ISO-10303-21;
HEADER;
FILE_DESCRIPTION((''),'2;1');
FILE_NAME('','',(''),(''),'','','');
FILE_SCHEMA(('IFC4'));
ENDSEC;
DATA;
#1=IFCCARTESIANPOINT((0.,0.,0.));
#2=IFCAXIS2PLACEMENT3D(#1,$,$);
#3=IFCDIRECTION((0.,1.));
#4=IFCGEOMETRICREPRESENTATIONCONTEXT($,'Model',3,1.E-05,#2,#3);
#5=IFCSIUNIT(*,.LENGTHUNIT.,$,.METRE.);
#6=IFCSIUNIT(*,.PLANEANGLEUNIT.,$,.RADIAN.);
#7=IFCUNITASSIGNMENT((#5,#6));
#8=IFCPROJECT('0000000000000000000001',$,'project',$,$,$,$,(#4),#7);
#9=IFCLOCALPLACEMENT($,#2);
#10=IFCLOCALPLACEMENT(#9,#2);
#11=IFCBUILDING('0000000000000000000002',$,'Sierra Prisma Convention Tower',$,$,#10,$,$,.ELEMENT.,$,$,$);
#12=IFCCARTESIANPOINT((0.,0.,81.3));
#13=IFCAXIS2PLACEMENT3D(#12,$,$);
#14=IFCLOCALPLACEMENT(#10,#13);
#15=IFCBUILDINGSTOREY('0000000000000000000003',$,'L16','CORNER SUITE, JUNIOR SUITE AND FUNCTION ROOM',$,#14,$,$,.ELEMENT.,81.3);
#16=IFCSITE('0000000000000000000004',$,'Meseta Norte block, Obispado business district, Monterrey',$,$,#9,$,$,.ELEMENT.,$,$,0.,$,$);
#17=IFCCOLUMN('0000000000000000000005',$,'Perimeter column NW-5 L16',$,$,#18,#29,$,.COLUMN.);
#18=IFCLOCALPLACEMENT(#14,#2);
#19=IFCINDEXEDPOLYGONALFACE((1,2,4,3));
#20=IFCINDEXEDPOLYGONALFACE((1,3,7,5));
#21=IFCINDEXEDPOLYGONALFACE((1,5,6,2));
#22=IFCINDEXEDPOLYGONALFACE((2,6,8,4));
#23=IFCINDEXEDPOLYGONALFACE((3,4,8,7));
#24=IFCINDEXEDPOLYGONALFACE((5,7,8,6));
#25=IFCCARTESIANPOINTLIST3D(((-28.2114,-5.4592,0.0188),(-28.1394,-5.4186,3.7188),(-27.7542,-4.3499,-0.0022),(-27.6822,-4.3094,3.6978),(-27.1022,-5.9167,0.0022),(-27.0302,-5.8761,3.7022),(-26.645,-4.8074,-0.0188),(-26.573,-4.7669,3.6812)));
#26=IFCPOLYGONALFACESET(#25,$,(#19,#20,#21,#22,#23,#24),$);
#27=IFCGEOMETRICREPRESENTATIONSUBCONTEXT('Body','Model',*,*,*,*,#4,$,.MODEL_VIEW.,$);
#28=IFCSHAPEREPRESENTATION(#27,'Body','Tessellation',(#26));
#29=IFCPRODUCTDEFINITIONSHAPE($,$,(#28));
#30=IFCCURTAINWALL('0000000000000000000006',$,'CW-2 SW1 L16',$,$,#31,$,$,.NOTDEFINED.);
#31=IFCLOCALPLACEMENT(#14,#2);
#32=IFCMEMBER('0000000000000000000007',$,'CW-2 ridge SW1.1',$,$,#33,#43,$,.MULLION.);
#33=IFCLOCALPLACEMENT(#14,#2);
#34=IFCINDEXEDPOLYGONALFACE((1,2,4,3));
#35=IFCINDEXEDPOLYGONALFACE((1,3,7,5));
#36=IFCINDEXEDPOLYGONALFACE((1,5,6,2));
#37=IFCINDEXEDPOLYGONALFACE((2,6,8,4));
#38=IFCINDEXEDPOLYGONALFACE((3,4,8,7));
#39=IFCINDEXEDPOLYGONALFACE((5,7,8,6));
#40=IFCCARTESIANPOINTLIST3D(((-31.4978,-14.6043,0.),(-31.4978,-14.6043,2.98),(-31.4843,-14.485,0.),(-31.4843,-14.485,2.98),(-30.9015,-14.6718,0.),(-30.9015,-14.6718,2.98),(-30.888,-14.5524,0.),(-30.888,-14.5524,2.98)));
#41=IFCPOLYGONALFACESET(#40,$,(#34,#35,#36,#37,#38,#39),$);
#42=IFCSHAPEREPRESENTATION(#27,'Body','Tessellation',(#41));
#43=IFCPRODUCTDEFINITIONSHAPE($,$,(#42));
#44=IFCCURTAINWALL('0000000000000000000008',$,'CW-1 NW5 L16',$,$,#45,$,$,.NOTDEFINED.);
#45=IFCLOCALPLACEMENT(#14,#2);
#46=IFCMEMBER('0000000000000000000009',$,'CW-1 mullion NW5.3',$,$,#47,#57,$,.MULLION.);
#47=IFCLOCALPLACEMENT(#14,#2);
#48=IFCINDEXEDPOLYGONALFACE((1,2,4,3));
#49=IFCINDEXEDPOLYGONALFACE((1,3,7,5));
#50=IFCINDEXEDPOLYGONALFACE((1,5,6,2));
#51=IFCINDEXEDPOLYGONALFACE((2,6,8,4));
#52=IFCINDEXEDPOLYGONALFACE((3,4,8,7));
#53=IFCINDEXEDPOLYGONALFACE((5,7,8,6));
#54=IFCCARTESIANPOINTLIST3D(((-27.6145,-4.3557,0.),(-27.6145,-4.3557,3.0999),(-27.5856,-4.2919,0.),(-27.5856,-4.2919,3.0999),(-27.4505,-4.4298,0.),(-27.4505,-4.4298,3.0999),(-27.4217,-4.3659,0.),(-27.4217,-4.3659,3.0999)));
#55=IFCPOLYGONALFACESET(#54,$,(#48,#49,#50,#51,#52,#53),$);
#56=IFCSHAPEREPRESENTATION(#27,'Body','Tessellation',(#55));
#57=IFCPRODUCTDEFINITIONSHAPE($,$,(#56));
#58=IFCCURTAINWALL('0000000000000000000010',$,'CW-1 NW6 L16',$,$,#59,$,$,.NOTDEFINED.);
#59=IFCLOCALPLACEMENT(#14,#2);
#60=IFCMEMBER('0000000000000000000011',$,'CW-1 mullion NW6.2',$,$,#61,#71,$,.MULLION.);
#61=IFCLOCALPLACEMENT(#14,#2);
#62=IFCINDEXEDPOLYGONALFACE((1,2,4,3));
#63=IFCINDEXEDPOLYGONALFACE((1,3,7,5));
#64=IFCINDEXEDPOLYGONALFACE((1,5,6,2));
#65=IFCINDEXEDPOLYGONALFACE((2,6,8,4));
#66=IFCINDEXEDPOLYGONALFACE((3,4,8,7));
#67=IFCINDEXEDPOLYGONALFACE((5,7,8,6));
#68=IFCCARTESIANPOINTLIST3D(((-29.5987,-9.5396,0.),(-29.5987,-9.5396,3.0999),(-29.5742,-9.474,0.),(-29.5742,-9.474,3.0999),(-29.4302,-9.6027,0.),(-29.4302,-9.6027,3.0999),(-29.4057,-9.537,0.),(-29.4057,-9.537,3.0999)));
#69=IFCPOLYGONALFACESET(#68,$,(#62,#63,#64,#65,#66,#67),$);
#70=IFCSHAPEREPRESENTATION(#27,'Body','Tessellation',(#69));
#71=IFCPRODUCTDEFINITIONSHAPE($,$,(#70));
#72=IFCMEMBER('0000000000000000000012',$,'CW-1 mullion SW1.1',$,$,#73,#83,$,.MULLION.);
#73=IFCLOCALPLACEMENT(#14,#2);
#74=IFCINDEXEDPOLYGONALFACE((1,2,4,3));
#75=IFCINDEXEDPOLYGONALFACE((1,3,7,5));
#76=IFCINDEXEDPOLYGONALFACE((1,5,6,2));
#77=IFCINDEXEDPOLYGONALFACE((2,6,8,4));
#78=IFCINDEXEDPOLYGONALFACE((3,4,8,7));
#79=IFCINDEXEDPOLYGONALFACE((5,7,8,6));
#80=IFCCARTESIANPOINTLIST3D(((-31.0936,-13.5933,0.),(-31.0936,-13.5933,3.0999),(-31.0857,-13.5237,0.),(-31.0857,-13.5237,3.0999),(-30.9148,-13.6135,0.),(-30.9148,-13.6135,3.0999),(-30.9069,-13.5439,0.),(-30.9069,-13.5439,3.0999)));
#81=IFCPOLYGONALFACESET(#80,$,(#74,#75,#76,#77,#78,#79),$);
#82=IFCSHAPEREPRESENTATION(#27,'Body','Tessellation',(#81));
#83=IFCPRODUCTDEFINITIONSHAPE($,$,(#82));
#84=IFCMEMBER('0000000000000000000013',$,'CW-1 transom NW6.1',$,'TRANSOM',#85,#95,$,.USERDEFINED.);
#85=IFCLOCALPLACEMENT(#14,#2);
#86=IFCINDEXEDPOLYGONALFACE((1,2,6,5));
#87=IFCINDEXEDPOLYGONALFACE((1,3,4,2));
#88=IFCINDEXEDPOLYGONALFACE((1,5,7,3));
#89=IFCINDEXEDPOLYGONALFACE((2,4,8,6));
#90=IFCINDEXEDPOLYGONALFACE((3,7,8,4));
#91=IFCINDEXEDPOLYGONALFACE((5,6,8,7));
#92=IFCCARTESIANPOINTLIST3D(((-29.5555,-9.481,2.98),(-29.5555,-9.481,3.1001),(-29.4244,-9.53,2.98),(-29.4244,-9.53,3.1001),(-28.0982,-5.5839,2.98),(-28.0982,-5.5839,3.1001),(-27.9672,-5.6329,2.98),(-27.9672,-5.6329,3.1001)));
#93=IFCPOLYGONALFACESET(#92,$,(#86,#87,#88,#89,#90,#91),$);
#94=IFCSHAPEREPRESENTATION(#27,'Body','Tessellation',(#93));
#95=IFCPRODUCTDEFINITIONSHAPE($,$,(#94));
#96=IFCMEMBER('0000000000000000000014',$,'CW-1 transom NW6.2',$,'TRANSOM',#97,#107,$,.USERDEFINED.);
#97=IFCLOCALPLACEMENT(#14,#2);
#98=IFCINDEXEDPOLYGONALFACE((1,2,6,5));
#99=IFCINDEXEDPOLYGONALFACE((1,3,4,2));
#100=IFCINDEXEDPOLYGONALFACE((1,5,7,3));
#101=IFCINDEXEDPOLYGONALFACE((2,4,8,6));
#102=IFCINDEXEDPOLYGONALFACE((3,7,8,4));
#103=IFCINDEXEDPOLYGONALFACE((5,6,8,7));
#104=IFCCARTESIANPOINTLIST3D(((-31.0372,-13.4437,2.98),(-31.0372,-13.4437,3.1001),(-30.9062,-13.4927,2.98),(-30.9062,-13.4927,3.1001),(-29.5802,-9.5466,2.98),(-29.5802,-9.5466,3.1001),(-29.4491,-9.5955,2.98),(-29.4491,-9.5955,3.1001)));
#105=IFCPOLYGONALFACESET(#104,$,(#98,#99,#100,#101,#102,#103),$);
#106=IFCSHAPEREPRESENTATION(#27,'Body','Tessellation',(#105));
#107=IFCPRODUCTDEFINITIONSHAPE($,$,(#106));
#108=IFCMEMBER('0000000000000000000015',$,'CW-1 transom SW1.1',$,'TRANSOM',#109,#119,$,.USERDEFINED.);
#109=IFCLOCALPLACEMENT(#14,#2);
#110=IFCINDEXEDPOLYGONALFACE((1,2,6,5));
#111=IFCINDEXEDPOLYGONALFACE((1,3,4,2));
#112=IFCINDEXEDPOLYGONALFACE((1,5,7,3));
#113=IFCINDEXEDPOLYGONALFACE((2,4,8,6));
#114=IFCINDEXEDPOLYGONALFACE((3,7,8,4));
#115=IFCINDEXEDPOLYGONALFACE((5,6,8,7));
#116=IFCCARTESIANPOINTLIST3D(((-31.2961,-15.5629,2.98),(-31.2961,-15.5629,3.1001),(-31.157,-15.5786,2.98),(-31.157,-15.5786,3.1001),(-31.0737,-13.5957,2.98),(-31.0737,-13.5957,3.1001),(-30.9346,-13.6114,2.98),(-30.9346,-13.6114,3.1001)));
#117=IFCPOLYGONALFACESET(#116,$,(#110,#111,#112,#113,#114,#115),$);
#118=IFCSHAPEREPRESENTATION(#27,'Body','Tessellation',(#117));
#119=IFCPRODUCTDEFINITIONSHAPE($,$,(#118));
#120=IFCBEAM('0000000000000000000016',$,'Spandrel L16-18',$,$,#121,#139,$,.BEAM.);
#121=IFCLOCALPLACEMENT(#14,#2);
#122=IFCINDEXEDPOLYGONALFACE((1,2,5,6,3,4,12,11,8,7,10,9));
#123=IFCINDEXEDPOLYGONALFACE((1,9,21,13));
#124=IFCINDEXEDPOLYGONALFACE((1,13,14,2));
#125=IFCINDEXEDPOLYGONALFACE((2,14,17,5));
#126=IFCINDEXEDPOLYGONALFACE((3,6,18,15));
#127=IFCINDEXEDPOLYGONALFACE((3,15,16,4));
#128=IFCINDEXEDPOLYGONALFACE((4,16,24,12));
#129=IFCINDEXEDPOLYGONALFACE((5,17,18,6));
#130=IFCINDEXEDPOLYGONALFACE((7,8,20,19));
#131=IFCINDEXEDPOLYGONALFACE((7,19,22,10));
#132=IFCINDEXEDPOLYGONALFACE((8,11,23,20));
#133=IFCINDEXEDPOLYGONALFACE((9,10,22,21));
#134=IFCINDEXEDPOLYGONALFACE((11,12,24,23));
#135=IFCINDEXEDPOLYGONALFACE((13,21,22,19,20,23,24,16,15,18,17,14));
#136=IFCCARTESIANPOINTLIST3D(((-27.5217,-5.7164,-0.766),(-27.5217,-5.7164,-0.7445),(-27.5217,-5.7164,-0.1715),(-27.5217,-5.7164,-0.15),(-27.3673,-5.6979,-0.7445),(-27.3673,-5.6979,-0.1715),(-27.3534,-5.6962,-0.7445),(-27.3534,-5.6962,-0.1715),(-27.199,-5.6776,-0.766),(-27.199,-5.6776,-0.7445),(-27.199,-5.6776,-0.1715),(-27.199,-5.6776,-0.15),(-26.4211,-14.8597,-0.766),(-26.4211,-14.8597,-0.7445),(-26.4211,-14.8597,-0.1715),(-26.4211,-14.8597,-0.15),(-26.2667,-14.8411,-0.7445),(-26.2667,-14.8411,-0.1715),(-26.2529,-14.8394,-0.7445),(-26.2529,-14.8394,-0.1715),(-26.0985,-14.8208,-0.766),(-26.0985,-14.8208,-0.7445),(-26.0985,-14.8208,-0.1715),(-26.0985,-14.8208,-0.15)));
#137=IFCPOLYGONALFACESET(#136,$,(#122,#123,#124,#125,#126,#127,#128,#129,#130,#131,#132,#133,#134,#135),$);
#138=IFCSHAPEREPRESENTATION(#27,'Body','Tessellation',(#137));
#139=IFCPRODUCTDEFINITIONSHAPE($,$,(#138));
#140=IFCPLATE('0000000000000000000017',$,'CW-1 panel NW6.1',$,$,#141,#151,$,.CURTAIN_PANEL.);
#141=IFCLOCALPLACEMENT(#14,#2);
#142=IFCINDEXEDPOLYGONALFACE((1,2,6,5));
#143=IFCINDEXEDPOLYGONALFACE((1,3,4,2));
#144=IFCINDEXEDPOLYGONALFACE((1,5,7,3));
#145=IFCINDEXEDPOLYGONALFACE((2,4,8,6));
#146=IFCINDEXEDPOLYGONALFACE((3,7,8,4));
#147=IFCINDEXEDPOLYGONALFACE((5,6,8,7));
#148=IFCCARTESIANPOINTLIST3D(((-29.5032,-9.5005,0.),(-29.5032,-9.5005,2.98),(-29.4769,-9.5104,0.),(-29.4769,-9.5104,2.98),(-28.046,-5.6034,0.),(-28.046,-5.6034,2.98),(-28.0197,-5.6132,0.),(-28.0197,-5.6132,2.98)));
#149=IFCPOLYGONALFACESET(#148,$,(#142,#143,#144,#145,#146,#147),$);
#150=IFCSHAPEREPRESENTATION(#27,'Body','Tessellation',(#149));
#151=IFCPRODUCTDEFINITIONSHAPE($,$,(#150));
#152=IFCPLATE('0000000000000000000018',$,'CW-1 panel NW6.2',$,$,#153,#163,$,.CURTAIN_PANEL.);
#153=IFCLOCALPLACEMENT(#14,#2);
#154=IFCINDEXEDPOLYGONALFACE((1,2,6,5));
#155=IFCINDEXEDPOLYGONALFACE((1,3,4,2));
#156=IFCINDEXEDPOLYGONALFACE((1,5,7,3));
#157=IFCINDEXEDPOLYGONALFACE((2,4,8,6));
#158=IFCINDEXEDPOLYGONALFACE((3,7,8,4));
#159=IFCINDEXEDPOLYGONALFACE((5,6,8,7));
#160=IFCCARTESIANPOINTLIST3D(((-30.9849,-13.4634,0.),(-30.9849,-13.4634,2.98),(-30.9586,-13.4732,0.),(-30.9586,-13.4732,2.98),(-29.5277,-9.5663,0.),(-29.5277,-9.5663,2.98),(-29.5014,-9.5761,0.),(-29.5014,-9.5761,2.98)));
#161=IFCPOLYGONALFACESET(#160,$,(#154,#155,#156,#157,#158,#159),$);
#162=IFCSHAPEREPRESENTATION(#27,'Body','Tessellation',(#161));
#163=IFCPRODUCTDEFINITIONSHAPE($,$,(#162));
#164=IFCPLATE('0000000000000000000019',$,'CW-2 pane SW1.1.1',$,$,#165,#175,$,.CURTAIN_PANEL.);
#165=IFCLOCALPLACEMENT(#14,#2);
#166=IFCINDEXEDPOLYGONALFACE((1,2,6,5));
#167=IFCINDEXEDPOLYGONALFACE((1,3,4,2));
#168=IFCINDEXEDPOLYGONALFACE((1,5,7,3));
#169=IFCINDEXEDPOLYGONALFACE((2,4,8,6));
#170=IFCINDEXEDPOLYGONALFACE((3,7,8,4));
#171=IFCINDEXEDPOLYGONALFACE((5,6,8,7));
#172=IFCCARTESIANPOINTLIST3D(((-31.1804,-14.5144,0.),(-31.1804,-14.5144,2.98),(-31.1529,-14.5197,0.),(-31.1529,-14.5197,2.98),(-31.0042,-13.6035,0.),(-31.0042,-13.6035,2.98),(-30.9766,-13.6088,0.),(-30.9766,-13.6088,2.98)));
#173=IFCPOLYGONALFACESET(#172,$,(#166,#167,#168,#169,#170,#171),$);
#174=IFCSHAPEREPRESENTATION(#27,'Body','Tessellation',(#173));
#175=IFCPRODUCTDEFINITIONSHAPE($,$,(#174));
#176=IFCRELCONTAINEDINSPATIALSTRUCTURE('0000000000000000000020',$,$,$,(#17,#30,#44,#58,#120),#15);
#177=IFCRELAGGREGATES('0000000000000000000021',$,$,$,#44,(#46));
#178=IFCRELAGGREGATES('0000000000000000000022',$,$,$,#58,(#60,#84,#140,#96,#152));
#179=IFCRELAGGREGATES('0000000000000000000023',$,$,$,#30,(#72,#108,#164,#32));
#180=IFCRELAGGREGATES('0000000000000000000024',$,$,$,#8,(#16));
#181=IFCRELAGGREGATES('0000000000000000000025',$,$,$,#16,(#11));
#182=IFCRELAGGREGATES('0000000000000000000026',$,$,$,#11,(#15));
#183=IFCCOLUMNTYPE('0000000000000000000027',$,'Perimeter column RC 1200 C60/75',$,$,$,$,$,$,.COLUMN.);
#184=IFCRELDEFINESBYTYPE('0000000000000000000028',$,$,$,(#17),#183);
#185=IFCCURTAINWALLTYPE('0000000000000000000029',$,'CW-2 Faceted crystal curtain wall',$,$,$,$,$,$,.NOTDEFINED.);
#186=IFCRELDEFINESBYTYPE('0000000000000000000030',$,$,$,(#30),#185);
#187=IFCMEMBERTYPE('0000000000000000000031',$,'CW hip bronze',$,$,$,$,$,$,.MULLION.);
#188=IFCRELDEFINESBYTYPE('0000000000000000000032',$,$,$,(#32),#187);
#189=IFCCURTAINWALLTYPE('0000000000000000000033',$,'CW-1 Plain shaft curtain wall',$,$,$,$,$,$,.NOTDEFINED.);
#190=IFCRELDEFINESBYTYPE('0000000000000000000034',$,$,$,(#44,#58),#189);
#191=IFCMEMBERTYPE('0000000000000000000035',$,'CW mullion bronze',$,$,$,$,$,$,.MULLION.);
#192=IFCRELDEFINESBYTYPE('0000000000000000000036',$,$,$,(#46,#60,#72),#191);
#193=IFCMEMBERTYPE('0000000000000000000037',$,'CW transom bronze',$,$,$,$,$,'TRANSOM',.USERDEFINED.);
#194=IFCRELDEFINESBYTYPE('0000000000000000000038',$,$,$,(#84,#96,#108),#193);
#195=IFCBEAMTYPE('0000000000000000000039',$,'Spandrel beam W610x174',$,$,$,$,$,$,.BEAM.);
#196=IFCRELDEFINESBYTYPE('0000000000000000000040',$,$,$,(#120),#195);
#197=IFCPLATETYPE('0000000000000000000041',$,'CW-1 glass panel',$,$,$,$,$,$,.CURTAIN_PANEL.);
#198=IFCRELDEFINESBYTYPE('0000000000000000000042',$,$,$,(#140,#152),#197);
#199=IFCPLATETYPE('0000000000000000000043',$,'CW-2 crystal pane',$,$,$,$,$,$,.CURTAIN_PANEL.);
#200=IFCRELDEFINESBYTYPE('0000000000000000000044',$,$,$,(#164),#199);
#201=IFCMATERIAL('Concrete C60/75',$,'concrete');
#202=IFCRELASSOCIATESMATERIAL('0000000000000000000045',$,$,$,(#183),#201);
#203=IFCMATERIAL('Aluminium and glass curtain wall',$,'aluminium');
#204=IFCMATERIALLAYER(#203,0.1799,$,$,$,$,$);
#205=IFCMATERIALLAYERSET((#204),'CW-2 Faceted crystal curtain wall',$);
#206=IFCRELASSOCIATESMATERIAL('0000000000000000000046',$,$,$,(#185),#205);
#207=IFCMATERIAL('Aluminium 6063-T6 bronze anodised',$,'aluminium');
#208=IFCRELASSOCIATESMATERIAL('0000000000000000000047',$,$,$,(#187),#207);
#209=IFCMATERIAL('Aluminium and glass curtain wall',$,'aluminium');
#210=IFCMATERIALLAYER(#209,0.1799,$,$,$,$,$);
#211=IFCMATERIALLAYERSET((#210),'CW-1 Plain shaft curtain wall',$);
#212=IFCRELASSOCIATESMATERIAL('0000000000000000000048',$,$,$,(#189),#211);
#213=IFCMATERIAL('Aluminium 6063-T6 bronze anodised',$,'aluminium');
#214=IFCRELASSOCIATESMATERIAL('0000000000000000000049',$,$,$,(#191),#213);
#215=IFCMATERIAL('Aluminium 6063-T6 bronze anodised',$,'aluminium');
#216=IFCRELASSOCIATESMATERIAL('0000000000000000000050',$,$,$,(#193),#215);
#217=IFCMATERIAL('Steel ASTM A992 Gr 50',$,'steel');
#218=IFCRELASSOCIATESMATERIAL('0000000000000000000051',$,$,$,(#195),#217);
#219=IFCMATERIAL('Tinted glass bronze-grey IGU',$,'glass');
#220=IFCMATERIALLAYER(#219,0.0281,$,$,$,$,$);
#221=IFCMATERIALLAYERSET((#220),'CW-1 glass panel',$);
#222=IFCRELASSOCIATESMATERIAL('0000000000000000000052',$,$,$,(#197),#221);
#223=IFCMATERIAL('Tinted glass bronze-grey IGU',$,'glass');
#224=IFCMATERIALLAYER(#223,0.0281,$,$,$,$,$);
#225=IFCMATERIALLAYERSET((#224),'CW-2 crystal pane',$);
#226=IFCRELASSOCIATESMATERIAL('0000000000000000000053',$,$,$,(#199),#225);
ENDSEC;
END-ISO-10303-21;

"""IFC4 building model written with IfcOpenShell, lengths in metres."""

from ifc_helpers import new_model, si_unit, direction, frame, origin, origin_2d, place, context, subcontext, project, spatial, polyline, rectangle, i_section, outline, extrude, material, layer, layer_set, material_profile, profile_set, type_object, element, aggregate, save


model = new_model("IFC4")

# Units and contexts
model_context = context("Model", 3, precision=1e-05, world=origin(), true_north=direction((0.0, 1.0)))
body_context = subcontext(model_context, "Body", "Model", "MODEL_VIEW")
ifc_project = project(units=[si_unit("LENGTHUNIT", "METRE"), si_unit("PLANEANGLEUNIT", "RADIAN")], contexts=[model_context])

# Site, building, storey
site_placement = place(None, origin())
site = spatial("IfcSite", under=ifc_project, at=site_placement, Name="Meseta Norte block, Obispado business district, Monterrey", CompositionType="ELEMENT", RefElevation=0.0)
building_placement = place(site_placement, origin())
building = spatial("IfcBuilding", under=site, at=building_placement, Name="Sierra Prisma Convention Tower", CompositionType="ELEMENT")
storey_placement = place(building_placement, frame((0.0, 0.0, 81.3)))
storey = spatial("IfcBuildingStorey", under=building, at=storey_placement, Name="L16", Description="CORNER SUITE, JUNIOR SUITE AND FUNCTION ROOM", CompositionType="ELEMENT", Elevation=81.3)

# Column
ifc_material_1 = material(Name="Concrete C60/75", Category="concrete")
ifc_material_profile_1 = material_profile(ifc_material_1, rectangle(XDim=1.2, YDim=1.2, at=origin_2d()), Name="Perimeter column RC 1200 C60/75")
ifc_profile_set_1 = profile_set([ifc_material_profile_1], Name="Concrete C60/75")
column_type = type_object("IfcColumnType", Name="Perimeter column RC 1200 C60/75", PredefinedType="COLUMN", material=ifc_profile_set_1)
column_placement = place(storey_placement, frame((-27.4282, -5.1333, 0.0), z_axis=(0.019461, 0.010951, 0.999751), x_axis=(0.381024, 0.924399, -0.017542)))
element("IfcColumn", 1, at=column_placement, inside=storey, type_object=column_type, Name="Perimeter column NW-5 L16", PredefinedType="COLUMN", context=body_context, shape_type="SweptSolid", body=[
    extrude(rectangle(XDim=1.2, YDim=1.2, at=origin_2d()), origin(), (0.0, 0.0, 1.0), 3.7009),
])

# Curtain walls, members
ifc_material_2 = material(Name="Aluminium and glass curtain wall", Category="aluminium")
ifc_layer_1 = layer(ifc_material_2, 0.1799)
ifc_layer_set_1 = layer_set([ifc_layer_1], Name="CW-2 Faceted crystal curtain wall")
curtain_wall_type_1 = type_object("IfcCurtainWallType", Name="CW-2 Faceted crystal curtain wall", PredefinedType="NOTDEFINED", material=ifc_layer_set_1)
curtain_wall_1_placement = place(storey_placement, origin())
curtain_wall_1 = element("IfcCurtainWall", 2, at=curtain_wall_1_placement, inside=storey, type_object=curtain_wall_type_1, Name="CW-2 SW1 L16", PredefinedType="NOTDEFINED")
ifc_material_3 = material(Name="Aluminium 6063-T6 bronze anodised", Category="aluminium")
ifc_material_profile_2 = material_profile(ifc_material_3, rectangle(XDim=0.1201, YDim=0.6001, at=origin_2d()), Name="ALU RIDGE BLADE 120x600")
ifc_profile_set_2 = profile_set([ifc_material_profile_2], Name="Aluminium 6063-T6 bronze anodised")
member_type_1 = type_object("IfcMemberType", Name="CW hip bronze", PredefinedType="MULLION", material=ifc_profile_set_2)
member_1_placement = place(storey_placement, frame((-31.1929, -14.5784, 0.0), z_axis=(0.0, 0.0, 1.0), x_axis=(-0.112368, -0.993667, 0.0)))
member_1 = element("IfcMember", 3, at=member_1_placement, type_object=member_type_1, Name="CW-2 ridge SW1.1", PredefinedType="MULLION", context=body_context, shape_type="SweptSolid", body=[
    extrude(rectangle(XDim=0.1201, YDim=0.6001, at=origin_2d()), origin(), (0.0, 0.0, 1.0), 2.98),
])
ifc_material_4 = material(Name="Aluminium and glass curtain wall", Category="aluminium")
ifc_layer_2 = layer(ifc_material_4, 0.1799)
ifc_layer_set_2 = layer_set([ifc_layer_2], Name="CW-1 Plain shaft curtain wall")
curtain_wall_type_2 = type_object("IfcCurtainWallType", Name="CW-1 Plain shaft curtain wall", PredefinedType="NOTDEFINED", material=ifc_layer_set_2)
curtain_wall_2_placement = place(storey_placement, origin())
curtain_wall_2 = element("IfcCurtainWall", 4, at=curtain_wall_2_placement, inside=storey, type_object=curtain_wall_type_2, Name="CW-1 NW5 L16", PredefinedType="NOTDEFINED")
ifc_material_5 = material(Name="Aluminium 6063-T6 bronze anodised", Category="aluminium")
ifc_material_profile_3 = material_profile(ifc_material_5, rectangle(XDim=0.1799, YDim=0.0701, at=origin_2d()), Name="ALU MULLION 70x180")
ifc_profile_set_3 = profile_set([ifc_material_profile_3], Name="Aluminium 6063-T6 bronze anodised")
member_type_2 = type_object("IfcMemberType", Name="CW mullion bronze", PredefinedType="MULLION", material=ifc_profile_set_3)
member_2_placement = place(storey_placement, frame((-27.5181, -4.3608, 0.0), z_axis=(0.0, 0.0, 1.0), x_axis=(0.911394, -0.411534, 0.0)))
member_2 = element("IfcMember", 5, at=member_2_placement, type_object=member_type_2, Name="CW-1 mullion NW5.3", PredefinedType="MULLION", context=body_context, shape_type="SweptSolid", body=[
    extrude(rectangle(XDim=0.1799, YDim=0.0701, at=origin_2d()), origin(), (0.0, 0.0, 1.0), 3.0999),
])
aggregate(curtain_wall_2, [member_2])
curtain_wall_3_placement = place(storey_placement, origin())
curtain_wall_3 = element("IfcCurtainWall", 6, at=curtain_wall_3_placement, inside=storey, type_object=curtain_wall_type_2, Name="CW-1 NW6 L16", PredefinedType="NOTDEFINED")
member_3_placement = place(storey_placement, frame((-29.5022, -9.5383, 0.0), z_axis=(0.0, 0.0, 1.0), x_axis=(0.93666, -0.350241, 0.0)))
member_3 = element("IfcMember", 7, at=member_3_placement, type_object=member_type_2, Name="CW-1 mullion NW6.2", PredefinedType="MULLION", context=body_context, shape_type="SweptSolid", body=[
    extrude(rectangle(XDim=0.1799, YDim=0.0701, at=origin_2d()), origin(), (0.0, 0.0, 1.0), 3.0999),
])

# Members
member_4_placement = place(storey_placement, frame((-31.0002, -13.5686, 0.0), z_axis=(0.0, 0.0, 1.0), x_axis=(0.993667, -0.112368, 0.0)))
member_4 = element("IfcMember", 8, at=member_4_placement, type_object=member_type_2, Name="CW-1 mullion SW1.1", PredefinedType="MULLION", context=body_context, shape_type="SweptSolid", body=[
    extrude(rectangle(XDim=0.1799, YDim=0.0701, at=origin_2d()), origin(), (0.0, 0.0, 1.0), 3.0999),
])
ifc_material_6 = material(Name="Aluminium 6063-T6 bronze anodised", Category="aluminium")
ifc_material_profile_4 = material_profile(ifc_material_6, rectangle(XDim=0.1399, YDim=0.1201, at=origin_2d()), Name="ALU TRANSOM 120x140")
ifc_profile_set_4 = profile_set([ifc_material_profile_4], Name="Aluminium 6063-T6 bronze anodised")
member_type_3 = type_object("IfcMemberType", Name="CW transom bronze", ElementType="TRANSOM", PredefinedType="USERDEFINED", material=ifc_profile_set_4)
member_5_placement = place(storey_placement, frame((-28.0327, -5.6084, 3.04), z_axis=(-0.350242, -0.936659, 0.0), x_axis=(0.936659, -0.350242, 0.0)))
member_5 = element("IfcMember", 9, at=member_5_placement, type_object=member_type_3, Name="CW-1 transom NW6.1", ObjectType="TRANSOM", PredefinedType="USERDEFINED", context=body_context, shape_type="SweptSolid", body=[
    extrude(rectangle(XDim=0.1399, YDim=0.1201, at=origin_2d()), origin(), (0.0, 0.0, 1.0), 4.1606),
])
member_6_placement = place(storey_placement, frame((-29.5146, -9.571, 3.04), z_axis=(-0.350191, -0.936678, 0.0), x_axis=(0.936678, -0.350191, 0.0)))
member_6 = element("IfcMember", 10, at=member_6_placement, type_object=member_type_3, Name="CW-1 transom NW6.2", ObjectType="TRANSOM", PredefinedType="USERDEFINED", context=body_context, shape_type="SweptSolid", body=[
    extrude(rectangle(XDim=0.1399, YDim=0.1201, at=origin_2d()), origin(), (0.0, 0.0, 1.0), 4.1606),
])
member_7_placement = place(storey_placement, frame((-31.0042, -13.6035, 3.04), z_axis=(-0.11234, -0.99367, 0.0), x_axis=(0.99367, -0.11234, 0.0)))
member_7 = element("IfcMember", 11, at=member_7_placement, type_object=member_type_3, Name="CW-1 transom SW1.1", ObjectType="TRANSOM", PredefinedType="USERDEFINED", context=body_context, shape_type="SweptSolid", body=[
    extrude(rectangle(XDim=0.1399, YDim=0.1201, at=origin_2d()), origin(), (0.0, 0.0, 1.0), 1.9797),
])

# Beam
ifc_material_7 = material(Name="Steel ASTM A992 Gr 50", Category="steel")
ifc_material_profile_5 = material_profile(ifc_material_7, i_section(OverallWidth=0.325, OverallDepth=0.616, WebThickness=0.0139, FlangeThickness=0.0215, at=origin_2d()), Name="W610x174")
ifc_profile_set_5 = profile_set([ifc_material_profile_5], Name="Steel ASTM A992 Gr 50")
beam_type = type_object("IfcBeamType", Name="Spandrel beam W610x174", PredefinedType="BEAM", material=ifc_profile_set_5)
beam_placement = place(storey_placement, frame((-27.3604, -5.697, -0.458), z_axis=(0.119508, -0.992833, 0.0), x_axis=(0.992833, 0.119508, 0.0)))
element("IfcBeam", 12, at=beam_placement, inside=storey, type_object=beam_type, Name="Spandrel L16-18", PredefinedType="BEAM", context=body_context, shape_type="SweptSolid", body=[
    extrude(i_section(OverallWidth=0.325, OverallDepth=0.616, WebThickness=0.0139, FlangeThickness=0.0215, at=origin_2d()), origin(), (0.0, 0.0, 1.0), 9.2092),
])

# Plates
ifc_material_8 = material(Name="Tinted glass bronze-grey IGU", Category="glass")
ifc_layer_3 = layer(ifc_material_8, 0.0281)
ifc_layer_set_3 = layer_set([ifc_layer_3], Name="CW-1 glass panel")
plate_type_1 = type_object("IfcPlateType", Name="CW-1 glass panel", PredefinedType="CURTAIN_PANEL", material=ifc_layer_set_3)
plate_1_placement = place(storey_placement, frame((-28.7615, -7.5569, 0.0), z_axis=(0.0, 0.0, 1.0), x_axis=(-0.350241, -0.93666, 0.0)))
plate_1 = element("IfcPlate", 13, at=plate_1_placement, type_object=plate_type_1, Name="CW-1 panel NW6.1", PredefinedType="CURTAIN_PANEL", context=body_context, shape_type="SweptSolid", body=[
    extrude(rectangle(XDim=4.1606, YDim=0.0281, at=origin_2d()), origin(), (0.0, 0.0, 1.0), 2.98),
])
plate_2_placement = place(storey_placement, frame((-30.2432, -11.5198, 0.0), z_axis=(0.0, 0.0, 1.0), x_axis=(-0.350241, -0.93666, 0.0)))
plate_2 = element("IfcPlate", 14, at=plate_2_placement, type_object=plate_type_1, Name="CW-1 panel NW6.2", PredefinedType="CURTAIN_PANEL", context=body_context, shape_type="SweptSolid", body=[
    extrude(rectangle(XDim=4.1606, YDim=0.0281, at=origin_2d()), origin(), (0.0, 0.0, 1.0), 2.98),
])
aggregate(curtain_wall_3, [member_3, member_5, plate_1, member_6, plate_2])
ifc_material_9 = material(Name="Tinted glass bronze-grey IGU", Category="glass")
ifc_layer_4 = layer(ifc_material_9, 0.0281)
ifc_layer_set_4 = layer_set([ifc_layer_4], Name="CW-2 crystal pane")
plate_type_2 = type_object("IfcPlateType", Name="CW-2 crystal pane", PredefinedType="CURTAIN_PANEL", material=ifc_layer_set_4)
plate_3_placement = place(storey_placement, frame((-31.0042, -13.6035, 0.0), z_axis=(-0.981786, 0.189989, 0.0), x_axis=(-0.189989, -0.981786, 0.0)))
plate_3 = element("IfcPlate", 15, at=plate_3_placement, type_object=plate_type_2, Name="CW-2 pane SW1.1.1", PredefinedType="CURTAIN_PANEL", context=body_context, shape_type="SweptSolid", body=[
    extrude(outline(polyline([(0.0, 0.0), (0.9278, 0.0), (0.9278, 2.98), (0.0, 2.98), (0.0, 0.0)])), origin(), (0.0, 0.0, -1.0), 0.0281),
])
aggregate(curtain_wall_1, [member_4, member_7, plate_3, member_1])

save(model, "model.ifc")
